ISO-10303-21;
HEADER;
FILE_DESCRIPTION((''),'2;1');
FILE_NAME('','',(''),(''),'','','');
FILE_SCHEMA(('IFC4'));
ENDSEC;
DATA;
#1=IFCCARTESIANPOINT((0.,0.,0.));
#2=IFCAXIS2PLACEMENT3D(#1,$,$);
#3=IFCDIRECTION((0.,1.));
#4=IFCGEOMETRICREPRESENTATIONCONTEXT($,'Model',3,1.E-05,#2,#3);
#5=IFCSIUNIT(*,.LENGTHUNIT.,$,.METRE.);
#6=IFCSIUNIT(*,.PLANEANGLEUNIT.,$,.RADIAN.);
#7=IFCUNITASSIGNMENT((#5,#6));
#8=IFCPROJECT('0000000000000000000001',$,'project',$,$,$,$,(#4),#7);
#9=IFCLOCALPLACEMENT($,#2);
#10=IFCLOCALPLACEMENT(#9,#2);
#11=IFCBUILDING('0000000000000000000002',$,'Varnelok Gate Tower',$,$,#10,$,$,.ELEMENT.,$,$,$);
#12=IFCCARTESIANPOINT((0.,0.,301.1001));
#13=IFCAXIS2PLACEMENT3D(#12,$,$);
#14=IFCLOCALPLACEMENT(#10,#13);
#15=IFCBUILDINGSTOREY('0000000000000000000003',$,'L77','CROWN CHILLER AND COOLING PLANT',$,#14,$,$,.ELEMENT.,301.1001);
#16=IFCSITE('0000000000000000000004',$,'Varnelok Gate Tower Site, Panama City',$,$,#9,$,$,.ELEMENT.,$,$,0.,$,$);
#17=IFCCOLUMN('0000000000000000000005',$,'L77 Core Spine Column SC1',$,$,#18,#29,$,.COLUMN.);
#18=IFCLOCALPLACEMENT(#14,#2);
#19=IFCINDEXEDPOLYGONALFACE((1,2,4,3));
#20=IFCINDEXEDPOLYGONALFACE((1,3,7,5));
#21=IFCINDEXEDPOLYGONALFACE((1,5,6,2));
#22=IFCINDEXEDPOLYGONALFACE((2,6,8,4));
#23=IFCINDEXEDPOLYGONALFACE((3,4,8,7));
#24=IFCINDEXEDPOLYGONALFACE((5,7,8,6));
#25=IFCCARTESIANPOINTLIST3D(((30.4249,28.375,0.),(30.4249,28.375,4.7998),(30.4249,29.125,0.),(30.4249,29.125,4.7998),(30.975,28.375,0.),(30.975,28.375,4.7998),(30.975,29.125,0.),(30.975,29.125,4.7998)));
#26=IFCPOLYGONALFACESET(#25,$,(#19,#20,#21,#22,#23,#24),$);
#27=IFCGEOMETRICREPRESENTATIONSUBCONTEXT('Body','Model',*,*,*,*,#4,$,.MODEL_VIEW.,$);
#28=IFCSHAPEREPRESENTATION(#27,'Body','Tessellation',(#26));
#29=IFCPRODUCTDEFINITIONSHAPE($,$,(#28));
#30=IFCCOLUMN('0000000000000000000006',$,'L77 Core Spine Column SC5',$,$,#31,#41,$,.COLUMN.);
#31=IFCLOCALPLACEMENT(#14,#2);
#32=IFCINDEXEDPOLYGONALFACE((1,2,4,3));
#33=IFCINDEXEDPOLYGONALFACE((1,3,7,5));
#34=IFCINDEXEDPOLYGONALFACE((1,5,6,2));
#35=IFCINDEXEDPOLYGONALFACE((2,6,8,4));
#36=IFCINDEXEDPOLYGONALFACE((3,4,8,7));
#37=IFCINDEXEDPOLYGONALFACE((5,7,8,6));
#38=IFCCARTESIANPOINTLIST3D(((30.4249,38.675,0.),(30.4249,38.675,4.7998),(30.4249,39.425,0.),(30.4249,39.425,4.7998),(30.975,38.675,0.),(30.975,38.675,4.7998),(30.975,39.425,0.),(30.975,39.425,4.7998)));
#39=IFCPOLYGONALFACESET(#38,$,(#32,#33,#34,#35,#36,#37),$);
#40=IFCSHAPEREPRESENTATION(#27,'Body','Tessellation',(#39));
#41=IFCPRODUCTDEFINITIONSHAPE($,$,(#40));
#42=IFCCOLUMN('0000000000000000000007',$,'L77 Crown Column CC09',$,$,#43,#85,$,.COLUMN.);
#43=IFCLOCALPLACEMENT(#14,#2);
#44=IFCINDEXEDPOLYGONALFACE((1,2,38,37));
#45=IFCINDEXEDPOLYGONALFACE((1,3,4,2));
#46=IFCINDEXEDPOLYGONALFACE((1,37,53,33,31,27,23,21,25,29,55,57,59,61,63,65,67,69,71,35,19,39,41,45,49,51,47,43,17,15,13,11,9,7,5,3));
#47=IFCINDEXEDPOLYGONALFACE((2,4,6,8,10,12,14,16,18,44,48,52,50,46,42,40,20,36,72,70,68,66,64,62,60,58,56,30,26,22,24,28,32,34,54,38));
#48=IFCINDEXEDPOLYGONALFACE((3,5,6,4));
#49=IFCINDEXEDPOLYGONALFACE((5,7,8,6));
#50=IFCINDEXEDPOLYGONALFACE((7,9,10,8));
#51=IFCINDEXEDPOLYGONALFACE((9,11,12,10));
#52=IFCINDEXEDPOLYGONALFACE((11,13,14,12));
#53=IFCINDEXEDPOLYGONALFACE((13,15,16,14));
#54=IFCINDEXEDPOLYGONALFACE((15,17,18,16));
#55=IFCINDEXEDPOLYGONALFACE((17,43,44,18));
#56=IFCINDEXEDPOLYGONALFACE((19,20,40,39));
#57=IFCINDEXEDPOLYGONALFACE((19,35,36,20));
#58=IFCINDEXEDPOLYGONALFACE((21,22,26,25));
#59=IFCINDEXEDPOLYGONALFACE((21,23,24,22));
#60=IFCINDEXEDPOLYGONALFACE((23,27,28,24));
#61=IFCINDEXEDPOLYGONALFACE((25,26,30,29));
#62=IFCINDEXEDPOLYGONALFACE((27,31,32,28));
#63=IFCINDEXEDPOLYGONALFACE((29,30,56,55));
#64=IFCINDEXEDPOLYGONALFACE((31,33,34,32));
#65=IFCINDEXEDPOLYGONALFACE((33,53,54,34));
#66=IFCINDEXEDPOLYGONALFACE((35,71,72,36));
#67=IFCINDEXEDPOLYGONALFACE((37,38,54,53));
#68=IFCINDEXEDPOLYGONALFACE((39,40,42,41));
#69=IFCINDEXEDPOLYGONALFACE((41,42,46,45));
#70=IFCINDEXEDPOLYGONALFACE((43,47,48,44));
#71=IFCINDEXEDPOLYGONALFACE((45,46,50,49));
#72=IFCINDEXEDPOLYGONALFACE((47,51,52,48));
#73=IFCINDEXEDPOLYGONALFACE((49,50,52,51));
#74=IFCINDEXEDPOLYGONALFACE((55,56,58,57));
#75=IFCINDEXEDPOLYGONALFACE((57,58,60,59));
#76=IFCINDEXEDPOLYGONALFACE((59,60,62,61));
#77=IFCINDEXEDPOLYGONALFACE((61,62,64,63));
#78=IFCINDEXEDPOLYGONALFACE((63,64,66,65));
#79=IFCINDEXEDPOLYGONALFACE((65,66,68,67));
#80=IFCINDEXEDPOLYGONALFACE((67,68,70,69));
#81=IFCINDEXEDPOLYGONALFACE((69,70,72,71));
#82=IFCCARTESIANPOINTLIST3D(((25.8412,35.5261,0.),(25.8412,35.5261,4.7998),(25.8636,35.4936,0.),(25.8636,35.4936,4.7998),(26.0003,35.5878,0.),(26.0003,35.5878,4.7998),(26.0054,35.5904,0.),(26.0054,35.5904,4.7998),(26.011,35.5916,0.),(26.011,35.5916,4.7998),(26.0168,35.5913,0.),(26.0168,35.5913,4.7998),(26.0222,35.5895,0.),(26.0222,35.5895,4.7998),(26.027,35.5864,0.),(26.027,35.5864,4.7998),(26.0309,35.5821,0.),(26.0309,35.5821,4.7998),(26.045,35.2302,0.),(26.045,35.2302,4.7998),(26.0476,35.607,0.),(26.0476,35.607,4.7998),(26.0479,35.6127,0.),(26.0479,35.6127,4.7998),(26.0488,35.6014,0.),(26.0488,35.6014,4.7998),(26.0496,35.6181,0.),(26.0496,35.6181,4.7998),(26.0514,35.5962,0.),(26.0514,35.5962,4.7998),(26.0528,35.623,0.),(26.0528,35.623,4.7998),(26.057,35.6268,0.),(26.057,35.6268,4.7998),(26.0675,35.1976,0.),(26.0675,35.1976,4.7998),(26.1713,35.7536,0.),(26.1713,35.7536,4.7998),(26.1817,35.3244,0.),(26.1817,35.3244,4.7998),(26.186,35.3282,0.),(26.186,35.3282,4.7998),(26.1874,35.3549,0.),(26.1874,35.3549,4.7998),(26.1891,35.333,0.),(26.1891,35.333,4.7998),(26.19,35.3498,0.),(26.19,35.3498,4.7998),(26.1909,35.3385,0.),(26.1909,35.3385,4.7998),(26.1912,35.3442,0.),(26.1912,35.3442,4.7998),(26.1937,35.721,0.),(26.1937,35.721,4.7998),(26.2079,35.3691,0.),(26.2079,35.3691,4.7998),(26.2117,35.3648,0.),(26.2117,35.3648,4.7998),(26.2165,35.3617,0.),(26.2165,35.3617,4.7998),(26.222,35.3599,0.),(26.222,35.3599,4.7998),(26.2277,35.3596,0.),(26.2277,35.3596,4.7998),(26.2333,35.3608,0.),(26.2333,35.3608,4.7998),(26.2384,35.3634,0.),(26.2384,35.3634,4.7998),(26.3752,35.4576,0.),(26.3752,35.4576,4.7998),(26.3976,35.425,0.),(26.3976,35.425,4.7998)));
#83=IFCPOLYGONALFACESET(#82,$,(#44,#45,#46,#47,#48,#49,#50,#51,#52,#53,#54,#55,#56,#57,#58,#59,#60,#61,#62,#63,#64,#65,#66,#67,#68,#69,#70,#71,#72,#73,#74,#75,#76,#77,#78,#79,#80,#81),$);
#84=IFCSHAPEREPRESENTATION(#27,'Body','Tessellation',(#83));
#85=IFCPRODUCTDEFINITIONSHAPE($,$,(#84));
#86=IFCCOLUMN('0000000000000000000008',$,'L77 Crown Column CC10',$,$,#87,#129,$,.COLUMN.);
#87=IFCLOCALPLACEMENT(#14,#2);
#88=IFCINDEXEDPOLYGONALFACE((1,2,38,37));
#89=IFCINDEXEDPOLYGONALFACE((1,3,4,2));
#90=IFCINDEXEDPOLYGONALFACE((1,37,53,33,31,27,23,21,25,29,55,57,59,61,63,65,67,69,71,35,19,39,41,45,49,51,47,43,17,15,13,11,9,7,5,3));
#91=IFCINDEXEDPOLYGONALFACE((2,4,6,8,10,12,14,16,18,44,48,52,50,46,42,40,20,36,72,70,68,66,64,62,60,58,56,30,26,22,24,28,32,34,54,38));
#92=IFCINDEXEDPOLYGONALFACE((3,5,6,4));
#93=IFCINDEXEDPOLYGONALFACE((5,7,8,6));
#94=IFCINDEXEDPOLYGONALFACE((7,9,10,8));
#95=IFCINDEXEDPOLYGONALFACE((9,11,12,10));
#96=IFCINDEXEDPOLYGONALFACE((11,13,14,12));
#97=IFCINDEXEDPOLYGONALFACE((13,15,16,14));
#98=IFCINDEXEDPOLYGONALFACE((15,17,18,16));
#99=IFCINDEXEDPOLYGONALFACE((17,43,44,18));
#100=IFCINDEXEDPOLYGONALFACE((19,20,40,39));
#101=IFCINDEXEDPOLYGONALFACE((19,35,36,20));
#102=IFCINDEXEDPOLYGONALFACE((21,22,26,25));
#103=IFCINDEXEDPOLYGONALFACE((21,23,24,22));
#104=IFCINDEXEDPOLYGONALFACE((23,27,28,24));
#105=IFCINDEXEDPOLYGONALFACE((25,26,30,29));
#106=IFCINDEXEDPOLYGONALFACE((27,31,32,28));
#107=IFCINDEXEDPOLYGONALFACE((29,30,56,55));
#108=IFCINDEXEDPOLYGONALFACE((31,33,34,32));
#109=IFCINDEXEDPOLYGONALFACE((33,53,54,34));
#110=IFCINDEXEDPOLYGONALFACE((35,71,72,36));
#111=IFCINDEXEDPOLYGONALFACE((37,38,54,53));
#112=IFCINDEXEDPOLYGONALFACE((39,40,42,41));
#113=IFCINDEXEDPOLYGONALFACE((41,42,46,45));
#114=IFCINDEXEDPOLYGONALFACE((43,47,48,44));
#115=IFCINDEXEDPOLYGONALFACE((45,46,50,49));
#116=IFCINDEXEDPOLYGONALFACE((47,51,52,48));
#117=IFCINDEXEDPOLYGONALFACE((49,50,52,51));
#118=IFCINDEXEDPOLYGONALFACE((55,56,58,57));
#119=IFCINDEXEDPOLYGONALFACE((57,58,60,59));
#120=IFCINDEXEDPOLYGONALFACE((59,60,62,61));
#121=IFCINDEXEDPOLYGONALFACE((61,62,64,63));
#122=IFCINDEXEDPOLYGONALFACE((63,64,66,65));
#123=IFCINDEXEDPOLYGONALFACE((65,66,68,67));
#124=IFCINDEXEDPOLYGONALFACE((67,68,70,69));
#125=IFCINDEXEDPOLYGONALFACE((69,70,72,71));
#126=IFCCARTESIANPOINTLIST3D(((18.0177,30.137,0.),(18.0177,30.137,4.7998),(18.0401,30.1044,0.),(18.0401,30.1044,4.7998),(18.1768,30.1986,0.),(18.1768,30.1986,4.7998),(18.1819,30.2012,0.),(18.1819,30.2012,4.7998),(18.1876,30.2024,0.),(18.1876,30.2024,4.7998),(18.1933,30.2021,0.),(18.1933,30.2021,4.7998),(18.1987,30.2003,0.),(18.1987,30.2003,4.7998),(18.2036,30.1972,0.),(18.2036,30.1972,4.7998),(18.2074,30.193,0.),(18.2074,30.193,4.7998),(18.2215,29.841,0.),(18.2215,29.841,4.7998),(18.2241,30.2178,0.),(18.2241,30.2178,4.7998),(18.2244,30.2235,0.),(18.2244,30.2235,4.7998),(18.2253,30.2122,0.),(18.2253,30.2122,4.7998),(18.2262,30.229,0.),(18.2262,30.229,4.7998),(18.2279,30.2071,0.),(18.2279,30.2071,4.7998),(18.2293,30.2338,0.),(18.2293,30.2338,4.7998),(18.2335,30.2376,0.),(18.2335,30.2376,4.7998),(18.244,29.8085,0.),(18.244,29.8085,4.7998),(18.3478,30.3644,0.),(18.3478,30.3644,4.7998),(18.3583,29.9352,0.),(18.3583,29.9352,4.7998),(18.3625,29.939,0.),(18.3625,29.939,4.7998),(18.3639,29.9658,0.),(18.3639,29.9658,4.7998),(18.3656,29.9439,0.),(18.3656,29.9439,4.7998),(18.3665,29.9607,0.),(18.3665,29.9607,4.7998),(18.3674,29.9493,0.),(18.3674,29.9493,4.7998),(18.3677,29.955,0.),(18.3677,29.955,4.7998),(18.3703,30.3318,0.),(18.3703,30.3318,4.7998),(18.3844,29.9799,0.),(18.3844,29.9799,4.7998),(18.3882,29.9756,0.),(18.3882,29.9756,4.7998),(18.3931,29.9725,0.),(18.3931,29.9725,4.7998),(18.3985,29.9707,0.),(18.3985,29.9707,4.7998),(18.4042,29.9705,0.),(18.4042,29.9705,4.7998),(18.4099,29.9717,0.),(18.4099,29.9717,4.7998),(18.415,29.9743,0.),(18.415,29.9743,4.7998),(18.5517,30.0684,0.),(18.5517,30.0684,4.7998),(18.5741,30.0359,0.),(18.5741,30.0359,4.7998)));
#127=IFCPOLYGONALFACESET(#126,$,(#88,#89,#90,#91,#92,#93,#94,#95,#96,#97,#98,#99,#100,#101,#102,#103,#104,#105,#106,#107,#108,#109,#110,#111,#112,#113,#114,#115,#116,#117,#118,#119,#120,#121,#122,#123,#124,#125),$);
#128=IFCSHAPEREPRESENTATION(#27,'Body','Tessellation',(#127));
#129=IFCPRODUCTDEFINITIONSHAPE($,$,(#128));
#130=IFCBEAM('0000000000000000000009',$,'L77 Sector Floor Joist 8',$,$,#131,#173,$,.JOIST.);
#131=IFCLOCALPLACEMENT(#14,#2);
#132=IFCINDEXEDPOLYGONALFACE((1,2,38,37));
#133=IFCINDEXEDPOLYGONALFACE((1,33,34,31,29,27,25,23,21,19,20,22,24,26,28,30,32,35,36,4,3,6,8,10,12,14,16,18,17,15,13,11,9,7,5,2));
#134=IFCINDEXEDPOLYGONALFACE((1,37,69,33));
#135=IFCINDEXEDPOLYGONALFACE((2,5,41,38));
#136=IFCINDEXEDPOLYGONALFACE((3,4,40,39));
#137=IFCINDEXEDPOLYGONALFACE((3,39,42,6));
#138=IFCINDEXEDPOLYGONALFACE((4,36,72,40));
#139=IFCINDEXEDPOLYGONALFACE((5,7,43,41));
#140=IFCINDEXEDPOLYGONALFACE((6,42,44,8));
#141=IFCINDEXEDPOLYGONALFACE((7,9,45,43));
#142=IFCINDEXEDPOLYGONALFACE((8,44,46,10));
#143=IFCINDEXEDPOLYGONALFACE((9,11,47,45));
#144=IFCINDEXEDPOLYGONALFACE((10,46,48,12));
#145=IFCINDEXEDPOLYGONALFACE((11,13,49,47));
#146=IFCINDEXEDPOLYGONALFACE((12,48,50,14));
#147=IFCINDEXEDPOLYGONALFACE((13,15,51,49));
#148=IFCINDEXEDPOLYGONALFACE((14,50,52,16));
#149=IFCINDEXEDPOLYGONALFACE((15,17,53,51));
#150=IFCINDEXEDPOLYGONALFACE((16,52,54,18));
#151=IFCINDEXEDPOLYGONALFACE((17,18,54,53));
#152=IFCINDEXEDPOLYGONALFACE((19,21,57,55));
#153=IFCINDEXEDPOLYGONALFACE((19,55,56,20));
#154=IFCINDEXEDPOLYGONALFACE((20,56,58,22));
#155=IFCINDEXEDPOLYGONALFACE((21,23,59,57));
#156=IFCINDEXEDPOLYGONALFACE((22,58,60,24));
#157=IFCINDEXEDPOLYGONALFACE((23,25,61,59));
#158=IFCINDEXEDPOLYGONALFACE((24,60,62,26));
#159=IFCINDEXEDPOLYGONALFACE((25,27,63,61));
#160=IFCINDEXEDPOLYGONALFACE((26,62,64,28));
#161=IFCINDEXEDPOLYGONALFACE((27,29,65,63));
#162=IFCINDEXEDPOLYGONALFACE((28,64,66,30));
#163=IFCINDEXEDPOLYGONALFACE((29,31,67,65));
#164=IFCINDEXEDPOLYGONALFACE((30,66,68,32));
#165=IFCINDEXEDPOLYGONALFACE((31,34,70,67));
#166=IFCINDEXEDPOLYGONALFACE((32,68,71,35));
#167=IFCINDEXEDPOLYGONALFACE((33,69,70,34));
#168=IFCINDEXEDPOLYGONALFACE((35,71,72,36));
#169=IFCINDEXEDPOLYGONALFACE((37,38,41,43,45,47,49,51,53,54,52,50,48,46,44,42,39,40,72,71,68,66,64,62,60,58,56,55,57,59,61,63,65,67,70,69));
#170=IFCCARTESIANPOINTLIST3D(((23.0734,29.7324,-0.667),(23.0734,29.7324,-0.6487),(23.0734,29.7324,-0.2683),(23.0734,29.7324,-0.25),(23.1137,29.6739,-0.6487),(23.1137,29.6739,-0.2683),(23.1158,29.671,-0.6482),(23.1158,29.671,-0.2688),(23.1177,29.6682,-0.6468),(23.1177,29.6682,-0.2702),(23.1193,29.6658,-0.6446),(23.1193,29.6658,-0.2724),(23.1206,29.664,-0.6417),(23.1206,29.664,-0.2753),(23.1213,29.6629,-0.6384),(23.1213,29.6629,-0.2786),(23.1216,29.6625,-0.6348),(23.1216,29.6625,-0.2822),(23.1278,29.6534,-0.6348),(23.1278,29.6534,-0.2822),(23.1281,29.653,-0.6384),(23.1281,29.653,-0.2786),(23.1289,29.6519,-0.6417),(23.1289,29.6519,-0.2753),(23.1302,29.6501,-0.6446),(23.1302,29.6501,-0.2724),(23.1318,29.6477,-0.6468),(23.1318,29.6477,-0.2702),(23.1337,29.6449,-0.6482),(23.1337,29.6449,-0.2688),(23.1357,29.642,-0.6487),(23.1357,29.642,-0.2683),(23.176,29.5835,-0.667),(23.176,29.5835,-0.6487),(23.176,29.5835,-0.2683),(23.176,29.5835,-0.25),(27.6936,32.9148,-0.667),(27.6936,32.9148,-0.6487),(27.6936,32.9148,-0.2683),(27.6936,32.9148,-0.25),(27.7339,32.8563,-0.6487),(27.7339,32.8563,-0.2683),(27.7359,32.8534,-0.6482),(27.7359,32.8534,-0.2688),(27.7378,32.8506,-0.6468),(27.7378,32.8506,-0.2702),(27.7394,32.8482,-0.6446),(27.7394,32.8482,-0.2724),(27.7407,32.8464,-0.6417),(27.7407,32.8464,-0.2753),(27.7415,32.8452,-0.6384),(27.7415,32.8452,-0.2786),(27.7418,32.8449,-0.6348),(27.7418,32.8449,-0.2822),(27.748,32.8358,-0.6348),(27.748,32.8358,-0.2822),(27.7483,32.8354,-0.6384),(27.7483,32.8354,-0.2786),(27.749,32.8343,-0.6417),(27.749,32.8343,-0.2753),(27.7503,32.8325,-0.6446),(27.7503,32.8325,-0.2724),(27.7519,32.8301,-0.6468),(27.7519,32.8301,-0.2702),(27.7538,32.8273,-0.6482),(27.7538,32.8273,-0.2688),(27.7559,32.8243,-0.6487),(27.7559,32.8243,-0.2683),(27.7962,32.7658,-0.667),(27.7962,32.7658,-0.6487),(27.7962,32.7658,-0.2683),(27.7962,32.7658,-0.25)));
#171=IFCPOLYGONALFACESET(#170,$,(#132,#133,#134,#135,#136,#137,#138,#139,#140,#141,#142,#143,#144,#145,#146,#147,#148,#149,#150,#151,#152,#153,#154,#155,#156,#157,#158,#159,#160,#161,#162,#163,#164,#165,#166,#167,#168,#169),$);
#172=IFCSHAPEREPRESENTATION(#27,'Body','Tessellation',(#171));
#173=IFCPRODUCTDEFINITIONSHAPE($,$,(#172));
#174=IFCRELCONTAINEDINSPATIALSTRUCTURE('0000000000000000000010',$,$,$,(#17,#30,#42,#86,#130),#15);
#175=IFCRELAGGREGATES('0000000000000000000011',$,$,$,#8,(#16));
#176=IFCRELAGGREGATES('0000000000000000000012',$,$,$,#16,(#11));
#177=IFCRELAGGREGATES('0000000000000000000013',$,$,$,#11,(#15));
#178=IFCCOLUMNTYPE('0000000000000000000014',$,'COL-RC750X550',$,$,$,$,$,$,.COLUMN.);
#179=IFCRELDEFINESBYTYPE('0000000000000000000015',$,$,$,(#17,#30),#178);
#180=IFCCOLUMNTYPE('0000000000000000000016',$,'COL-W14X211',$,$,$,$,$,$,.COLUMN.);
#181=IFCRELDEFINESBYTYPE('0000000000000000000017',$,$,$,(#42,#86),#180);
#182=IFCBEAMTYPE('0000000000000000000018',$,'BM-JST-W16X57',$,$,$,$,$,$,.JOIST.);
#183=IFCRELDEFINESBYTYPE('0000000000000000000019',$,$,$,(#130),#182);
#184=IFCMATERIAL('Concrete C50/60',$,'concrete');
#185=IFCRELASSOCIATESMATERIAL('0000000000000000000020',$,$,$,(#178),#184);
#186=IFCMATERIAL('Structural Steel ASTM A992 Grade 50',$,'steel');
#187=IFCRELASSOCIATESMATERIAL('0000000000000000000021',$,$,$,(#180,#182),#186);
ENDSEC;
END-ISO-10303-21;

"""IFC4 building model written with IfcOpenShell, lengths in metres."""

from ifc_helpers import new_model, si_unit, direction, frame, origin, origin_2d, place, context, subcontext, project, spatial, rectangle, i_section, extrude, material, material_profile, profile_set, type_object, element, save


model = new_model("IFC4")

# Units and contexts
model_context = context("Model", 3, precision=1e-05, world=origin(), true_north=direction((0.0, 1.0)))
body_context = subcontext(model_context, "Body", "Model", "MODEL_VIEW")
ifc_project = project(units=[si_unit("LENGTHUNIT", "METRE"), si_unit("PLANEANGLEUNIT", "RADIAN")], contexts=[model_context])

# Site, building, storey
site_placement = place(None, origin())
site = spatial("IfcSite", under=ifc_project, at=site_placement, Name="Varnelok Gate Tower Site, Panama City", CompositionType="ELEMENT", RefElevation=0.0)
building_placement = place(site_placement, origin())
building = spatial("IfcBuilding", under=site, at=building_placement, Name="Varnelok Gate Tower", CompositionType="ELEMENT")
storey_placement = place(building_placement, frame((0.0, 0.0, 301.1001)))
storey = spatial("IfcBuildingStorey", under=building, at=storey_placement, Name="L77", Description="CROWN CHILLER AND COOLING PLANT", CompositionType="ELEMENT", Elevation=301.1001)

# Columns
ifc_material_1 = material(Name="Concrete C50/60", Category="concrete")
ifc_material_profile_1 = material_profile(ifc_material_1, rectangle(XDim=0.55, YDim=0.75, at=origin_2d()), Name="RC750X550")
ifc_profile_set_1 = profile_set([ifc_material_profile_1], Name="Concrete C50/60")
column_type_1 = type_object("IfcColumnType", Name="COL-RC750X550", PredefinedType="COLUMN", material=ifc_profile_set_1)
for number, where, z_axis, x_axis, name in (
    (1, (30.7, 28.75, 0.0), (0.0, 0.0, 1.0), (1.0, 0.0, 0.0), "L77 Core Spine Column SC1"),
    (2, (30.7, 39.05, 0.0), (0.0, 0.0, 1.0), (1.0, 0.0, 0.0), "L77 Core Spine Column SC5"),
):
    element("IfcColumn", number, at=place(storey_placement, frame(where, z_axis=z_axis, x_axis=x_axis)), inside=storey, type_object=column_type_1, Name=name, PredefinedType="COLUMN", context=body_context, shape_type="SweptSolid", body=[
        extrude(rectangle(XDim=0.55, YDim=0.75, at=origin_2d()), origin(), (0.0, 0.0, 1.0), 4.7998),
    ])
ifc_material_2 = material(Name="Structural Steel ASTM A992 Grade 50", Category="steel")
ifc_material_profile_2 = material_profile(ifc_material_2, i_section(OverallWidth=0.4009, OverallDepth=0.3989, WebThickness=0.0249, FlangeThickness=0.0396, FilletRadius=0.022, at=origin_2d()), Name="W14X211")
ifc_profile_set_2 = profile_set([ifc_material_profile_2], Name="Structural Steel ASTM A992 Grade 50")
column_type_2 = type_object("IfcColumnType", Name="COL-W14X211", PredefinedType="COLUMN", material=ifc_profile_set_2)
for number, where, z_axis, x_axis, name in (
    (3, (26.1194, 35.4756, 0.0), (0.0, 0.0, 1.0), (0.823533, 0.567269, 0.0), "L77 Crown Column CC09"),
    (4, (18.2959, 30.0864, 0.0), (0.0, 0.0, 1.0), (0.823533, 0.567269, 0.0), "L77 Crown Column CC10"),
):
    element("IfcColumn", number, at=place(storey_placement, frame(where, z_axis=z_axis, x_axis=x_axis)), inside=storey, type_object=column_type_2, Name=name, PredefinedType="COLUMN", context=body_context, shape_type="SweptSolid", body=[
        extrude(i_section(OverallWidth=0.4009, OverallDepth=0.3989, WebThickness=0.0249, FlangeThickness=0.0396, FilletRadius=0.022, at=origin_2d()), origin(), (0.0, 0.0, 1.0), 4.7998),
    ])

# Beam
ifc_material_profile_3 = material_profile(ifc_material_2, i_section(OverallWidth=0.1809, OverallDepth=0.417, WebThickness=0.011, FlangeThickness=0.0183, FilletRadius=0.0139, at=origin_2d()), Name="W16X57")
ifc_profile_set_3 = profile_set([ifc_material_profile_3], Name="Structural Steel ASTM A992 Grade 50")
beam_type_1 = type_object("IfcBeamType", Name="BM-JST-W16X57", PredefinedType="JOIST", material=ifc_profile_set_3)
beam_1_placement = place(storey_placement, frame((27.7449, 32.8403, -0.4585), z_axis=(-0.823539, -0.56726, 0.0), x_axis=(0.56726, -0.823539, 0.0)))
element("IfcBeam", 5, at=beam_1_placement, inside=storey, type_object=beam_type_1, Name="L77 Sector Floor Joist 8", PredefinedType="JOIST", context=body_context, shape_type="SweptSolid", body=[
    extrude(i_section(OverallWidth=0.1809, OverallDepth=0.417, WebThickness=0.011, FlangeThickness=0.0183, FilletRadius=0.0139, at=origin_2d()), origin(), (0.0, 0.0, 1.0), 5.6101),
])

save(model, "model.ifc")
